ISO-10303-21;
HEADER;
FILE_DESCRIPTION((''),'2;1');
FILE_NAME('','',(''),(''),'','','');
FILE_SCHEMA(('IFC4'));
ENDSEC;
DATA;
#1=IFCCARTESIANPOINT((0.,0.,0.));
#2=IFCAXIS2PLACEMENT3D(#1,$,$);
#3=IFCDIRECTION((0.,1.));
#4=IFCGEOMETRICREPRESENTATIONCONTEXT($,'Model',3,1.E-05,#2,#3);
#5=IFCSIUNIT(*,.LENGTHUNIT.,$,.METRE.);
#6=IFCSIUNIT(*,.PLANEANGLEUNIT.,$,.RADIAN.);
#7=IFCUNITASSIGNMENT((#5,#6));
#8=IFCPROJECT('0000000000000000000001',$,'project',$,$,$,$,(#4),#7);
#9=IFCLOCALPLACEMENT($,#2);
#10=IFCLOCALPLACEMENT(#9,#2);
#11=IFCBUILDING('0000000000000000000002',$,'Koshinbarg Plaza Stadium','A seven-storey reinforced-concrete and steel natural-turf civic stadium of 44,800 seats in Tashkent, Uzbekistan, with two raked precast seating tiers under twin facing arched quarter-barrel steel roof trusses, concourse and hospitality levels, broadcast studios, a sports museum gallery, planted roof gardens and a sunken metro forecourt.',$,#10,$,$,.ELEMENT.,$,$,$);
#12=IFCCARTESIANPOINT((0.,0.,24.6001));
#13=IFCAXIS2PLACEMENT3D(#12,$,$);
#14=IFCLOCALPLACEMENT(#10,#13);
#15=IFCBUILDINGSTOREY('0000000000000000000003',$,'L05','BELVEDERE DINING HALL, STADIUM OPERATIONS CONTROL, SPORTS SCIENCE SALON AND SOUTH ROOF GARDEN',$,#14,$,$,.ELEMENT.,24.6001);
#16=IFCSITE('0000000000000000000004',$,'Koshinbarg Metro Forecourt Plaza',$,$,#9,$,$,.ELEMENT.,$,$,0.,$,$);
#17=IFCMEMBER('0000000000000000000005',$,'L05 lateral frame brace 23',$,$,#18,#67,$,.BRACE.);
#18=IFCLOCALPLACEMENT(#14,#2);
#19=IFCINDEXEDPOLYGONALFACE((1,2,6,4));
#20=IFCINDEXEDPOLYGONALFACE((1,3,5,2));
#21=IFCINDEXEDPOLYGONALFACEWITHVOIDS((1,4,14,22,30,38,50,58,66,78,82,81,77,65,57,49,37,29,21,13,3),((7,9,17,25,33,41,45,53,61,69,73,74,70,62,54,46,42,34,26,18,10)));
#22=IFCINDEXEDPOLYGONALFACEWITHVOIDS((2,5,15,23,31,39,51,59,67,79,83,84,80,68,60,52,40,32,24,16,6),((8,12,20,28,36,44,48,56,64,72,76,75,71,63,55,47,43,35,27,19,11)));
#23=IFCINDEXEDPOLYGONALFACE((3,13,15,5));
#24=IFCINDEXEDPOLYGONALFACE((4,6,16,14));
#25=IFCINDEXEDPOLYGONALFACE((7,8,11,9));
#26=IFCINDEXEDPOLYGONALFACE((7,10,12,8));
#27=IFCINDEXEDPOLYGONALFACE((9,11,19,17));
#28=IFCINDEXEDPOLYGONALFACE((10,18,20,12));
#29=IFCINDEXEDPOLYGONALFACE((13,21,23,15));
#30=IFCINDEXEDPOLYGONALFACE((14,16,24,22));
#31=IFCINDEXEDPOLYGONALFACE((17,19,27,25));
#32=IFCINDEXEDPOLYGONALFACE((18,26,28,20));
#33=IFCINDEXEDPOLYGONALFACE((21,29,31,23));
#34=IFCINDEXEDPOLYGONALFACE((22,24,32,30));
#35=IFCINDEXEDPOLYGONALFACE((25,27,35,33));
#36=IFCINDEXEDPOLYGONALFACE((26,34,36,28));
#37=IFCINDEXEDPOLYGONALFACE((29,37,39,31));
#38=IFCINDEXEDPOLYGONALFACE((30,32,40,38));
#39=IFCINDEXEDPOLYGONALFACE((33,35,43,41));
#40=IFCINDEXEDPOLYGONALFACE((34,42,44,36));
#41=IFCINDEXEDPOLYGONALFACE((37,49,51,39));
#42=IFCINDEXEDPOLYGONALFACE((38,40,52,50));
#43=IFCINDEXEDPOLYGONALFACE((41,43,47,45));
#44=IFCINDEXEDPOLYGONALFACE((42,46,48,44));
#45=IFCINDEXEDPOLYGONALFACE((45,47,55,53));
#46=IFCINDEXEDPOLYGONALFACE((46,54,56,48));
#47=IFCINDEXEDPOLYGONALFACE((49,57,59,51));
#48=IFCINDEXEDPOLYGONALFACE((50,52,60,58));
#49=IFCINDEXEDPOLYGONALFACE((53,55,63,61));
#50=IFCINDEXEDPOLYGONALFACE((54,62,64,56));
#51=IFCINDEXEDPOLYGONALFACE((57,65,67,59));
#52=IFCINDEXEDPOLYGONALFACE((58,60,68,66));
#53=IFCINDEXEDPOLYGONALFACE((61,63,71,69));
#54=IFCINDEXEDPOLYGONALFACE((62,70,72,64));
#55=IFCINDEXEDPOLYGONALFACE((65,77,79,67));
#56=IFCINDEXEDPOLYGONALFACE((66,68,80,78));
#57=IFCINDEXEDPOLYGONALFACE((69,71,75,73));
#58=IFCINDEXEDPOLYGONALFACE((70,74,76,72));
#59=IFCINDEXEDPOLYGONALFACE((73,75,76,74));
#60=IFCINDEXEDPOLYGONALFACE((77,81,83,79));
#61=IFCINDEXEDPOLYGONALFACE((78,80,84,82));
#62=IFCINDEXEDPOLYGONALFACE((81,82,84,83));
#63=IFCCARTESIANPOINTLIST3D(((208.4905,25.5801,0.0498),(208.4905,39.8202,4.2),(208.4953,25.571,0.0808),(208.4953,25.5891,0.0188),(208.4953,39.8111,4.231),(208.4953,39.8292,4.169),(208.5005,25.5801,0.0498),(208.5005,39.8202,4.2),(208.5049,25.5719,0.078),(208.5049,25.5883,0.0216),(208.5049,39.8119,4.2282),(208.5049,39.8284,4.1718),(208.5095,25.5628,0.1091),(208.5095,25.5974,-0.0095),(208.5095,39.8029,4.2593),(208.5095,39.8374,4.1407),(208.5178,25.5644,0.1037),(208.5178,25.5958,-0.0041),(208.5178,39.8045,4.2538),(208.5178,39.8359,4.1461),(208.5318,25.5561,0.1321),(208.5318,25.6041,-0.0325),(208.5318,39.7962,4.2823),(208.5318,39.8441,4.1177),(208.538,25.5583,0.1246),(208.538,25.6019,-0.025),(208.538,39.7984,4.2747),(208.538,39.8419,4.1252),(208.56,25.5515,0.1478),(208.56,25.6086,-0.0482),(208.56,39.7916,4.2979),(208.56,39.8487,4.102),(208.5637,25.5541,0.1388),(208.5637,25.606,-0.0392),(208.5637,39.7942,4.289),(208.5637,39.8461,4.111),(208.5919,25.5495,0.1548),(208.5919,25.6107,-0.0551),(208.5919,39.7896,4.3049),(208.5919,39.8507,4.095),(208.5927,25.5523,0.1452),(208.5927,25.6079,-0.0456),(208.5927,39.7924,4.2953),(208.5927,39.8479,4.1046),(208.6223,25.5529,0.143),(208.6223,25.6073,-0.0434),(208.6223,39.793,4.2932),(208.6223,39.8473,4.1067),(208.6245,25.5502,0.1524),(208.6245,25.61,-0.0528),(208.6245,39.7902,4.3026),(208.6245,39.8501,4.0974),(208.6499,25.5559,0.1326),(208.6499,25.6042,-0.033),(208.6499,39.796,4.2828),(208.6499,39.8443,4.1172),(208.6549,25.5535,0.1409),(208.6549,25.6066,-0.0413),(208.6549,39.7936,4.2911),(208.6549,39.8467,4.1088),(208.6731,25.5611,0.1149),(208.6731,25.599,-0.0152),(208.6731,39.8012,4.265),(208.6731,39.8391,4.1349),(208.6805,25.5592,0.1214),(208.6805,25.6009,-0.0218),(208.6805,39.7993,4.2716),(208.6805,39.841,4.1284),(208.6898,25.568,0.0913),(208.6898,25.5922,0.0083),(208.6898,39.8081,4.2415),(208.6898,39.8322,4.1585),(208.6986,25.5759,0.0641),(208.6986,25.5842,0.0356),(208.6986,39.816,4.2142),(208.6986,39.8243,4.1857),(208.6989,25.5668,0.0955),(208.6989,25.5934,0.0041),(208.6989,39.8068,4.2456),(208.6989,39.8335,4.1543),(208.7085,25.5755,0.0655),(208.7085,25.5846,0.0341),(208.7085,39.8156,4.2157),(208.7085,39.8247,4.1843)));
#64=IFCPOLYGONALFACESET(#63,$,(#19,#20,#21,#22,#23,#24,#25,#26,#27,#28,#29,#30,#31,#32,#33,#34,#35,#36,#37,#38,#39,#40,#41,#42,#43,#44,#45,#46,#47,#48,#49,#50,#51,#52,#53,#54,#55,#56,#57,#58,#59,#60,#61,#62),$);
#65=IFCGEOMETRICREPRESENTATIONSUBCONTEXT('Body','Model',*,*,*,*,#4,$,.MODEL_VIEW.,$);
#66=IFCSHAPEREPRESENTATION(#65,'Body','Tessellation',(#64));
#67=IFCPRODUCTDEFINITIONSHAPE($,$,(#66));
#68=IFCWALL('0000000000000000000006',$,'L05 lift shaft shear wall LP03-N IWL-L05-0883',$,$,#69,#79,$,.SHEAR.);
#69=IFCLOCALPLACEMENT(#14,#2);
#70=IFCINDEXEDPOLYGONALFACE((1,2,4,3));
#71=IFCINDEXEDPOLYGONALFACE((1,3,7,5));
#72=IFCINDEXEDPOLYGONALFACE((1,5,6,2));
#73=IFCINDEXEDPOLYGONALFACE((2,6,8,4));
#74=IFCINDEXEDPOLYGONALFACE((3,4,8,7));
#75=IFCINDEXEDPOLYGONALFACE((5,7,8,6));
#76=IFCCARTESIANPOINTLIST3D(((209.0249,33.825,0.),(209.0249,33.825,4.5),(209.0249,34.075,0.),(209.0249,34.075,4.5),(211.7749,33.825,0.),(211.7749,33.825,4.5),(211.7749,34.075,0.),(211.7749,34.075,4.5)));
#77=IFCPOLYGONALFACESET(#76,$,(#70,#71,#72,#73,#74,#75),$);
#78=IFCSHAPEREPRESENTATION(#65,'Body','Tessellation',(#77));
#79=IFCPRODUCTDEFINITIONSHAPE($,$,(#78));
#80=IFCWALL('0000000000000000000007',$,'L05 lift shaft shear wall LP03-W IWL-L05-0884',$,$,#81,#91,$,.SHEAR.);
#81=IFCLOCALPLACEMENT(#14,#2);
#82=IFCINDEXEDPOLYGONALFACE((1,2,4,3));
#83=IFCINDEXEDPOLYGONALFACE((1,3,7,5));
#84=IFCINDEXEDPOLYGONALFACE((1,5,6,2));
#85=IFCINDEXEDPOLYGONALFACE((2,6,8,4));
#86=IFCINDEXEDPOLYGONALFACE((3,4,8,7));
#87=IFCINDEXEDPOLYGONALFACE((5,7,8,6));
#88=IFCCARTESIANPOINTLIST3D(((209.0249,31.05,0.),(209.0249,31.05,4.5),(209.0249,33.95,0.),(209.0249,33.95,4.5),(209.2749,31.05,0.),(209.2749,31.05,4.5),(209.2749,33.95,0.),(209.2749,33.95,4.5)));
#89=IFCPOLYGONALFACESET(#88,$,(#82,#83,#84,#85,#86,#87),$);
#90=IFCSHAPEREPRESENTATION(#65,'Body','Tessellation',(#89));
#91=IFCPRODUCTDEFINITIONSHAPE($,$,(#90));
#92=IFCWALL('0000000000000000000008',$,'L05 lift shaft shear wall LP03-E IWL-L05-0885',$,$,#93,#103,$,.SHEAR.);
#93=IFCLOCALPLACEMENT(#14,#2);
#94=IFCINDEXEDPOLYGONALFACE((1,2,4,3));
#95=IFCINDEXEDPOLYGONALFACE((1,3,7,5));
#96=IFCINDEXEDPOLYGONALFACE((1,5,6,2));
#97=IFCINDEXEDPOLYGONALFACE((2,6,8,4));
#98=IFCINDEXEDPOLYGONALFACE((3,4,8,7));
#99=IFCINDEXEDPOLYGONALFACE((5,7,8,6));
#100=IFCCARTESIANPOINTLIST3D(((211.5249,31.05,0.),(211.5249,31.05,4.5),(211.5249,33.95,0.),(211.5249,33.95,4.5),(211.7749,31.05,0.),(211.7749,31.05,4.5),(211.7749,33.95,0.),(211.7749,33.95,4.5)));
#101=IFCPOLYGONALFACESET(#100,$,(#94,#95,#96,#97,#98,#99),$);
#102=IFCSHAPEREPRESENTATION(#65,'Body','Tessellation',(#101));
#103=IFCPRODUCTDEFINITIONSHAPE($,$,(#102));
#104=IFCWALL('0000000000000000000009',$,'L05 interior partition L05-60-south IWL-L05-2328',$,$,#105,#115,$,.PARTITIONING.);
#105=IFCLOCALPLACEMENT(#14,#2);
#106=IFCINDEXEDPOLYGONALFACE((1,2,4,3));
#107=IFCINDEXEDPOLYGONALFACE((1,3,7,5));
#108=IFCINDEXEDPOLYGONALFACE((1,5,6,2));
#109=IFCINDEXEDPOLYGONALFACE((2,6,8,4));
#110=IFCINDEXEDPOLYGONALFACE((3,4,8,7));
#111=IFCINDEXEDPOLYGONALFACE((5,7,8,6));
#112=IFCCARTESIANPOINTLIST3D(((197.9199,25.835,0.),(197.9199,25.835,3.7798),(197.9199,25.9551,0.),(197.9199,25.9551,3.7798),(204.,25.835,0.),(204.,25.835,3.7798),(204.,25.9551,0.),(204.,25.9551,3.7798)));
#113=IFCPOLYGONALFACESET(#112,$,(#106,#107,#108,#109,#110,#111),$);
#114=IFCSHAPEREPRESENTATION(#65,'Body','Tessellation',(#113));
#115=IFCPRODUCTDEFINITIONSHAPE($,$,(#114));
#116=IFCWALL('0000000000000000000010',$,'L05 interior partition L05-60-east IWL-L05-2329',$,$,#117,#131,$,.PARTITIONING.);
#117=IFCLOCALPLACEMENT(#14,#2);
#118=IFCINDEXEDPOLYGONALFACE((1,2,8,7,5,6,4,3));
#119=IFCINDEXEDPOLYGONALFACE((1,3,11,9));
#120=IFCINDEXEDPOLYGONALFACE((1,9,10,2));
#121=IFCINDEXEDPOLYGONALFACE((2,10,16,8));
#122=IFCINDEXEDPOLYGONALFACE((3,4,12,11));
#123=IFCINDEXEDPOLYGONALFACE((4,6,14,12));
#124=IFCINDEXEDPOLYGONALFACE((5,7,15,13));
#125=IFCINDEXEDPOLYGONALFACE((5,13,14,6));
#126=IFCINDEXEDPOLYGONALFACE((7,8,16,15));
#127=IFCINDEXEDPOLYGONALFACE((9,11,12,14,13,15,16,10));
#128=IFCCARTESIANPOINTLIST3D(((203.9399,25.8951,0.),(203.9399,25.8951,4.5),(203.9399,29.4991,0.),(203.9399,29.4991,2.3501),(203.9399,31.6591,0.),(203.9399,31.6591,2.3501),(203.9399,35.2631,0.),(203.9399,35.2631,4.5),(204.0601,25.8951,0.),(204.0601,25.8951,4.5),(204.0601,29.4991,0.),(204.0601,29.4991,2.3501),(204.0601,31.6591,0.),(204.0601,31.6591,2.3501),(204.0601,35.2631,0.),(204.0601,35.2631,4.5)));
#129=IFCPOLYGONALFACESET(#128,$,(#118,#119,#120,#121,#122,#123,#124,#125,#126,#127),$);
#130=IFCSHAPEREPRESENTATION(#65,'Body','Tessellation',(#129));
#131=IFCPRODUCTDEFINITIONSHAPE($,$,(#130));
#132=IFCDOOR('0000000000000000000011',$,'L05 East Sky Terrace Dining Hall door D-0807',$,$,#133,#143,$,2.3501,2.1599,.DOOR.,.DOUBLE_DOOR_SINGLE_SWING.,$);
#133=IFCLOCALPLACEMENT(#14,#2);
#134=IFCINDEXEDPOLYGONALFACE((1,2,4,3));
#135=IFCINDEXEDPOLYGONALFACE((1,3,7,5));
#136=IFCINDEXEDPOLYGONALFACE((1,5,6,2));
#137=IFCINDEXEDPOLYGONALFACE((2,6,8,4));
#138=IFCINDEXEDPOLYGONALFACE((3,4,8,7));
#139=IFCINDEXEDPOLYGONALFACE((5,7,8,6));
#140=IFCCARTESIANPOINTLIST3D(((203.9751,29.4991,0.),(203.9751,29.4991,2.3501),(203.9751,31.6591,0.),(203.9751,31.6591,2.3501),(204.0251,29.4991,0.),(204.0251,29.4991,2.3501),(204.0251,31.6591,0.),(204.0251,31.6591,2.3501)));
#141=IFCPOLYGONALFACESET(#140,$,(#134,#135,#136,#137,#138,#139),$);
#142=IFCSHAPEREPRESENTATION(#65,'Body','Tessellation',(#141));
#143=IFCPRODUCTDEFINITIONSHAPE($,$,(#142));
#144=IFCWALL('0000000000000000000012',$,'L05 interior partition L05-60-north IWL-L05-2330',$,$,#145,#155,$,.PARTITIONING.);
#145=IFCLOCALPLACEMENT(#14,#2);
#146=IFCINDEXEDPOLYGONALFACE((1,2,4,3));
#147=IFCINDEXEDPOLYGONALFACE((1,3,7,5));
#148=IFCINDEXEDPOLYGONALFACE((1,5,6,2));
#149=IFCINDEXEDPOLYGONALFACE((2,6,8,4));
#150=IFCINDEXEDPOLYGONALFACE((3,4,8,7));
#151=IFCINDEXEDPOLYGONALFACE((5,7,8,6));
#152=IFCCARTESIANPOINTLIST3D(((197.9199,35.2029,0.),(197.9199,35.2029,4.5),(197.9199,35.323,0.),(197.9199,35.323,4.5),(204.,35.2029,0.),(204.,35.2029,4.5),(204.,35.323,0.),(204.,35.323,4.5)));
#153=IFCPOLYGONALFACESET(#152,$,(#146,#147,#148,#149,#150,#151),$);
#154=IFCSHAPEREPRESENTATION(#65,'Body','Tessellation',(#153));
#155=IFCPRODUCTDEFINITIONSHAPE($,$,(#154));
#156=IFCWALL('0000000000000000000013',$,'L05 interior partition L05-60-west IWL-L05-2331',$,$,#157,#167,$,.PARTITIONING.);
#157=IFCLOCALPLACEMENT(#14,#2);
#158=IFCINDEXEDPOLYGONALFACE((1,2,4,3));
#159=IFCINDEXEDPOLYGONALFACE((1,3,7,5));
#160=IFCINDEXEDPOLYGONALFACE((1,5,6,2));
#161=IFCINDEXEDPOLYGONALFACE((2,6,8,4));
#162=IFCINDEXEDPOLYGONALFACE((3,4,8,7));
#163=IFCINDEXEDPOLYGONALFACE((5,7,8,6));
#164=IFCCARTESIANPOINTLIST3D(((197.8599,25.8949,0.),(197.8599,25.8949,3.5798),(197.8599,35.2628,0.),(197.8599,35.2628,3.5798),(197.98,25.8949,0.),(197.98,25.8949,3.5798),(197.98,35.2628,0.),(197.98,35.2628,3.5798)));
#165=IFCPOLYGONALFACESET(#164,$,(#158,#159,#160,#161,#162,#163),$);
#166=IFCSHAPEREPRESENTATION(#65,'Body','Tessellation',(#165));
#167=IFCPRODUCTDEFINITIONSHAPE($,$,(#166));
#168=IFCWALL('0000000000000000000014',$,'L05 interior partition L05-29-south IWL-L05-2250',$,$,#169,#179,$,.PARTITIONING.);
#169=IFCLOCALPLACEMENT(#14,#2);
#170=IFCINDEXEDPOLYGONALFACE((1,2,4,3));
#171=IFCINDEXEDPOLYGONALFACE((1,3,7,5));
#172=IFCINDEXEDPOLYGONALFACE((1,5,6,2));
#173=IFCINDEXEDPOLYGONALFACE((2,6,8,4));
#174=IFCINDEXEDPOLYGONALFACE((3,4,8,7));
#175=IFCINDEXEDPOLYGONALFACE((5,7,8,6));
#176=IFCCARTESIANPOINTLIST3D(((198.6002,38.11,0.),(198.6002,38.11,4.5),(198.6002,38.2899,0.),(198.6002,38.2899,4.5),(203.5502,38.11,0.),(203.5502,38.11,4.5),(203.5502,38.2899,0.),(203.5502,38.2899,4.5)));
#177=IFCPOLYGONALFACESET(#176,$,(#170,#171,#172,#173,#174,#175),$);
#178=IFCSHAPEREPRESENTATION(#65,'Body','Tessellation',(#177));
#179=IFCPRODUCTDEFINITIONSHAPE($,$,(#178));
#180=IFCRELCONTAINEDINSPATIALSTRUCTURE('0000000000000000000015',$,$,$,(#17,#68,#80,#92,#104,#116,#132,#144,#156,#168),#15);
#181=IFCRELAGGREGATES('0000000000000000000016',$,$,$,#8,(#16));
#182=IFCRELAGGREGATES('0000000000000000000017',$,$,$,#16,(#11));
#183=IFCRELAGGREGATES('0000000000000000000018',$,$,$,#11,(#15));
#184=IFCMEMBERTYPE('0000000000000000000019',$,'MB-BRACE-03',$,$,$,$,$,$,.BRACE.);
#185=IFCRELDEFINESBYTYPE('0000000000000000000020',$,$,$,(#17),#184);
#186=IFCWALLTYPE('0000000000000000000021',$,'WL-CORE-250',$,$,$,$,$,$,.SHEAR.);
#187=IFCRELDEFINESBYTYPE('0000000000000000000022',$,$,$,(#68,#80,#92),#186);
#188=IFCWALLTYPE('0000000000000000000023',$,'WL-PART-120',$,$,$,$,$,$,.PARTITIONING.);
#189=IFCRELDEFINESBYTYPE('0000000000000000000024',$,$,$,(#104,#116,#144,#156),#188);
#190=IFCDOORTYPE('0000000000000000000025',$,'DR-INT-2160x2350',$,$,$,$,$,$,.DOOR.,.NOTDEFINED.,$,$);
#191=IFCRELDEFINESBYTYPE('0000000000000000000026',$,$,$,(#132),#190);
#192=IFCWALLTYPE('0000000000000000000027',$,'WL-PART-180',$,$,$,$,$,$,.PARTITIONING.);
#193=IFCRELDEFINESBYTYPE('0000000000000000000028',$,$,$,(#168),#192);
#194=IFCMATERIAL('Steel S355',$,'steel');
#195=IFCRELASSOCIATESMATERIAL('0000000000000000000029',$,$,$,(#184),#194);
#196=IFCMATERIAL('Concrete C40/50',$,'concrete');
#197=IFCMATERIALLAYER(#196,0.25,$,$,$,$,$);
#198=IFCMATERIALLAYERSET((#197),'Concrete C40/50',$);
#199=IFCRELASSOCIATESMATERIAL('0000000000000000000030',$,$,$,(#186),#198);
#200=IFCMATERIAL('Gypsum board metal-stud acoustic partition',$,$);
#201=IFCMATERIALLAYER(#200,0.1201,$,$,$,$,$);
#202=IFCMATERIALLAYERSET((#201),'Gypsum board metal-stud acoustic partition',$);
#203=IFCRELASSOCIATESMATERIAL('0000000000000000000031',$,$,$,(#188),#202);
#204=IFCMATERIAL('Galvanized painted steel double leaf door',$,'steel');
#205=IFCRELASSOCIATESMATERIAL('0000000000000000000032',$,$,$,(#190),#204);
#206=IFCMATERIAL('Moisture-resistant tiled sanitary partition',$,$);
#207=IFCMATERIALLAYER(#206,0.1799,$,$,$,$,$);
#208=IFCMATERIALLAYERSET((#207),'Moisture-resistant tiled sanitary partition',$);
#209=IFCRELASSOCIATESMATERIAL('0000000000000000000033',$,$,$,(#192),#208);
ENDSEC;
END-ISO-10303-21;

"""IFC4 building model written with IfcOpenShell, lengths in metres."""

from ifc_helpers import new_model, si_unit, direction, frame, frame_2d, origin, origin_2d, place, context, subcontext, project, spatial, rectangle, hollow_circle, extrude, material, layer, layer_set, material_profile, profile_set, type_object, element, fill, save


model = new_model("IFC4")

# Units and contexts
model_context = context("Model", 3, precision=1e-05, world=origin(), true_north=direction((0.0, 1.0)))
body_context = subcontext(model_context, "Body", "Model", "MODEL_VIEW")
ifc_project = project(units=[si_unit("LENGTHUNIT", "METRE"), si_unit("PLANEANGLEUNIT", "RADIAN")], contexts=[model_context])

# Site, building, storey
site_placement = place(None, origin())
site = spatial("IfcSite", under=ifc_project, at=site_placement, Name="Koshinbarg Metro Forecourt Plaza", CompositionType="ELEMENT", RefElevation=0.0)
building_placement = place(site_placement, origin())
building = spatial("IfcBuilding", under=site, at=building_placement, Name="Koshinbarg Plaza Stadium", Description="A seven-storey reinforced-concrete and steel natural-turf civic stadium of 44,800 seats in Tashkent, Uzbekistan, with two raked precast seating tiers under twin facing arched quarter-barrel steel roof trusses, concourse and hospitality levels, broadcast studios, a sports museum gallery, planted roof gardens and a sunken metro forecourt.", CompositionType="ELEMENT")
storey_placement = place(building_placement, frame((0.0, 0.0, 24.6001)))
storey = spatial("IfcBuildingStorey", under=building, at=storey_placement, Name="L05", Description="BELVEDERE DINING HALL, STADIUM OPERATIONS CONTROL, SPORTS SCIENCE SALON AND SOUTH ROOF GARDEN", CompositionType="ELEMENT", Elevation=24.6001)

# Shared definitions
ifc_material_1 = material(Name="Steel S355", Category="steel")

# Member
ifc_material_profile_1 = material_profile(ifc_material_1, hollow_circle(Radius=0.1096, WallThickness=0.01, at=origin_2d()), Name="CHS 219.1x10")
ifc_profile_set_1 = profile_set([ifc_material_profile_1], Name="Steel S355")
member_type = type_object("IfcMemberType", Name="MB-BRACE-03", PredefinedType="BRACE", material=ifc_profile_set_1)
member_placement = place(storey_placement, frame((208.6001, 25.5801, 0.0498), z_axis=(0.0, 0.960058, 0.279802), x_axis=(-1.0, 0.0, 0.0)))
element("IfcMember", 1, at=member_placement, inside=storey, type_object=member_type, Name="L05 lateral frame brace 23", PredefinedType="BRACE", context=body_context, shape_type="SweptSolid", body=[
    extrude(hollow_circle(Radius=0.1096, WallThickness=0.01, at=origin_2d()), origin(), (0.0, 0.0, 1.0), 14.8325),
])

# Shared definitions
ifc_material_2 = material(Name="Concrete C40/50", Category="concrete")
ifc_layer_1 = layer(ifc_material_2, 0.25)
ifc_layer_set_1 = layer_set([ifc_layer_1], Name="Concrete C40/50")
wall_type_1 = type_object("IfcWallType", Name="WL-CORE-250", PredefinedType="SHEAR", material=ifc_layer_set_1)

# Walls
wall_1_placement = place(storey_placement, frame((211.7749, 33.95, 0.0), z_axis=(0.0, 0.0, 1.0), x_axis=(-1.0, 0.0, 0.0)))
element("IfcWall", 2, at=wall_1_placement, inside=storey, type_object=wall_type_1, Name="L05 lift shaft shear wall LP03-N IWL-L05-0883", PredefinedType="SHEAR", context=body_context, shape_type="SweptSolid", body=[
    extrude(rectangle(XDim=2.75, YDim=0.25, at=frame_2d((1.375, 0.0))), origin(), (0.0, 0.0, 1.0), 4.5),
])
for number, where, z_axis, x_axis, name in (
    (3, (209.1499, 33.95, 0.0), (0.0, 0.0, 1.0), (0.0, -1.0, 0.0), "L05 lift shaft shear wall LP03-W IWL-L05-0884"),
    (4, (211.6499, 31.05, 0.0), (0.0, 0.0, 1.0), (0.0, 1.0, 0.0), "L05 lift shaft shear wall LP03-E IWL-L05-0885"),
):
    element("IfcWall", number, at=place(storey_placement, frame(where, z_axis=z_axis, x_axis=x_axis)), inside=storey, type_object=wall_type_1, Name=name, PredefinedType="SHEAR", context=body_context, shape_type="SweptSolid", body=[
        extrude(rectangle(XDim=2.8999, YDim=0.25, at=frame_2d((1.45, 0.0))), origin(), (0.0, 0.0, 1.0), 4.5),
    ])
ifc_material_3 = material(Name="Gypsum board metal-stud acoustic partition")
ifc_layer_2 = layer(ifc_material_3, 0.1201)
ifc_layer_set_2 = layer_set([ifc_layer_2], Name="Gypsum board metal-stud acoustic partition")
wall_type_2 = type_object("IfcWallType", Name="WL-PART-120", PredefinedType="PARTITIONING", material=ifc_layer_set_2)
wall_2_placement = place(storey_placement, frame((197.9199, 25.895, 0.0), z_axis=(0.0, 0.0, 1.0), x_axis=(1.0, 0.0, 0.0)))
element("IfcWall", 5, at=wall_2_placement, inside=storey, type_object=wall_type_2, Name="L05 interior partition L05-60-south IWL-L05-2328", PredefinedType="PARTITIONING", context=body_context, shape_type="SweptSolid", body=[
    extrude(rectangle(XDim=6.0801, YDim=0.1201, at=frame_2d((3.04, 0.0))), origin(), (0.0, 0.0, 1.0), 3.7798),
])

# Wall, opening, door
wall_3_placement = place(storey_placement, frame((204.0, 25.895, 0.0), z_axis=(0.0, 0.0, 1.0), x_axis=(0.0, 1.0, 0.0)))
wall_3 = element("IfcWall", 6, at=wall_3_placement, inside=storey, type_object=wall_type_2, Name="L05 interior partition L05-60-east IWL-L05-2329", PredefinedType="PARTITIONING", context=body_context, shape_type="SweptSolid", body=[
    extrude(rectangle(XDim=9.3679, YDim=0.1201, at=frame_2d((4.6841, 0.0))), origin(), (0.0, 0.0, 1.0), 4.5),
])
opening_1_placement = place(wall_3_placement, frame((3.604, 0.0, 0.0)))
opening_1 = element("IfcOpeningElement", 7, at=opening_1_placement, cuts=wall_3, PredefinedType="OPENING", context=body_context, shape_type="SweptSolid", body=[
    extrude(rectangle(XDim=2.1599, YDim=2.3501, at=frame_2d((1.0801, 1.175))), frame((0.0, 0.0701, 0.0), z_axis=(0.0, -1.0, 0.0), x_axis=(1.0, 0.0, 0.0)), (0.0, 0.0, 1.0), 0.1401),
])
ifc_material_4 = material(Name="Galvanized painted steel double leaf door", Category="steel")
door_type_1 = type_object("IfcDoorType", Name="DR-INT-2160x2350", OperationType="NOTDEFINED", PredefinedType="DOOR", material=ifc_material_4)
door_1_placement = place(opening_1_placement, origin())
door_1 = element("IfcDoor", 8, at=door_1_placement, inside=storey, type_object=door_type_1, Name="L05 East Sky Terrace Dining Hall door D-0807", OperationType="DOUBLE_DOOR_SINGLE_SWING", OverallHeight=2.3501, OverallWidth=2.1599, PredefinedType="DOOR", context=body_context, shape_type="SweptSolid", body=[
    extrude(rectangle(XDim=2.1599, YDim=2.3501, at=frame_2d((1.0801, 1.175))), frame((0.0, 0.0249, 0.0), z_axis=(0.0, -1.0, 0.0), x_axis=(1.0, 0.0, 0.0)), (0.0, 0.0, 1.0), 0.05),
])
fill(opening_1, door_1)

# Walls
wall_4_placement = place(storey_placement, frame((204.0, 35.2629, 0.0), z_axis=(0.0, 0.0, 1.0), x_axis=(-1.0, 0.0, 0.0)))
element("IfcWall", 9, at=wall_4_placement, inside=storey, type_object=wall_type_2, Name="L05 interior partition L05-60-north IWL-L05-2330", PredefinedType="PARTITIONING", context=body_context, shape_type="SweptSolid", body=[
    extrude(rectangle(XDim=6.0801, YDim=0.1201, at=frame_2d((3.04, 0.0))), origin(), (0.0, 0.0, 1.0), 4.5),
])
wall_5_placement = place(storey_placement, frame((197.9199, 35.2629, 0.0), z_axis=(0.0, 0.0, 1.0), x_axis=(0.0, -1.0, 0.0)))
element("IfcWall", 10, at=wall_5_placement, inside=storey, type_object=wall_type_2, Name="L05 interior partition L05-60-west IWL-L05-2331", PredefinedType="PARTITIONING", context=body_context, shape_type="SweptSolid", body=[
    extrude(rectangle(XDim=9.3679, YDim=0.1201, at=frame_2d((4.6841, 0.0))), origin(), (0.0, 0.0, 1.0), 3.5798),
])
ifc_material_5 = material(Name="Moisture-resistant tiled sanitary partition")
ifc_layer_3 = layer(ifc_material_5, 0.1799)
ifc_layer_set_3 = layer_set([ifc_layer_3], Name="Moisture-resistant tiled sanitary partition")
wall_type_3 = type_object("IfcWallType", Name="WL-PART-180", PredefinedType="PARTITIONING", material=ifc_layer_set_3)
wall_6_placement = place(storey_placement, frame((198.6001, 38.2, 0.0), z_axis=(0.0, 0.0, 1.0), x_axis=(1.0, 0.0, 0.0)))
element("IfcWall", 11, at=wall_6_placement, inside=storey, type_object=wall_type_3, Name="L05 interior partition L05-29-south IWL-L05-2250", PredefinedType="PARTITIONING", context=body_context, shape_type="SweptSolid", body=[
    extrude(rectangle(XDim=4.95, YDim=0.1799, at=frame_2d((2.4751, 0.0))), origin(), (0.0, 0.0, 1.0), 4.5),
])

save(model, "model.ifc")
